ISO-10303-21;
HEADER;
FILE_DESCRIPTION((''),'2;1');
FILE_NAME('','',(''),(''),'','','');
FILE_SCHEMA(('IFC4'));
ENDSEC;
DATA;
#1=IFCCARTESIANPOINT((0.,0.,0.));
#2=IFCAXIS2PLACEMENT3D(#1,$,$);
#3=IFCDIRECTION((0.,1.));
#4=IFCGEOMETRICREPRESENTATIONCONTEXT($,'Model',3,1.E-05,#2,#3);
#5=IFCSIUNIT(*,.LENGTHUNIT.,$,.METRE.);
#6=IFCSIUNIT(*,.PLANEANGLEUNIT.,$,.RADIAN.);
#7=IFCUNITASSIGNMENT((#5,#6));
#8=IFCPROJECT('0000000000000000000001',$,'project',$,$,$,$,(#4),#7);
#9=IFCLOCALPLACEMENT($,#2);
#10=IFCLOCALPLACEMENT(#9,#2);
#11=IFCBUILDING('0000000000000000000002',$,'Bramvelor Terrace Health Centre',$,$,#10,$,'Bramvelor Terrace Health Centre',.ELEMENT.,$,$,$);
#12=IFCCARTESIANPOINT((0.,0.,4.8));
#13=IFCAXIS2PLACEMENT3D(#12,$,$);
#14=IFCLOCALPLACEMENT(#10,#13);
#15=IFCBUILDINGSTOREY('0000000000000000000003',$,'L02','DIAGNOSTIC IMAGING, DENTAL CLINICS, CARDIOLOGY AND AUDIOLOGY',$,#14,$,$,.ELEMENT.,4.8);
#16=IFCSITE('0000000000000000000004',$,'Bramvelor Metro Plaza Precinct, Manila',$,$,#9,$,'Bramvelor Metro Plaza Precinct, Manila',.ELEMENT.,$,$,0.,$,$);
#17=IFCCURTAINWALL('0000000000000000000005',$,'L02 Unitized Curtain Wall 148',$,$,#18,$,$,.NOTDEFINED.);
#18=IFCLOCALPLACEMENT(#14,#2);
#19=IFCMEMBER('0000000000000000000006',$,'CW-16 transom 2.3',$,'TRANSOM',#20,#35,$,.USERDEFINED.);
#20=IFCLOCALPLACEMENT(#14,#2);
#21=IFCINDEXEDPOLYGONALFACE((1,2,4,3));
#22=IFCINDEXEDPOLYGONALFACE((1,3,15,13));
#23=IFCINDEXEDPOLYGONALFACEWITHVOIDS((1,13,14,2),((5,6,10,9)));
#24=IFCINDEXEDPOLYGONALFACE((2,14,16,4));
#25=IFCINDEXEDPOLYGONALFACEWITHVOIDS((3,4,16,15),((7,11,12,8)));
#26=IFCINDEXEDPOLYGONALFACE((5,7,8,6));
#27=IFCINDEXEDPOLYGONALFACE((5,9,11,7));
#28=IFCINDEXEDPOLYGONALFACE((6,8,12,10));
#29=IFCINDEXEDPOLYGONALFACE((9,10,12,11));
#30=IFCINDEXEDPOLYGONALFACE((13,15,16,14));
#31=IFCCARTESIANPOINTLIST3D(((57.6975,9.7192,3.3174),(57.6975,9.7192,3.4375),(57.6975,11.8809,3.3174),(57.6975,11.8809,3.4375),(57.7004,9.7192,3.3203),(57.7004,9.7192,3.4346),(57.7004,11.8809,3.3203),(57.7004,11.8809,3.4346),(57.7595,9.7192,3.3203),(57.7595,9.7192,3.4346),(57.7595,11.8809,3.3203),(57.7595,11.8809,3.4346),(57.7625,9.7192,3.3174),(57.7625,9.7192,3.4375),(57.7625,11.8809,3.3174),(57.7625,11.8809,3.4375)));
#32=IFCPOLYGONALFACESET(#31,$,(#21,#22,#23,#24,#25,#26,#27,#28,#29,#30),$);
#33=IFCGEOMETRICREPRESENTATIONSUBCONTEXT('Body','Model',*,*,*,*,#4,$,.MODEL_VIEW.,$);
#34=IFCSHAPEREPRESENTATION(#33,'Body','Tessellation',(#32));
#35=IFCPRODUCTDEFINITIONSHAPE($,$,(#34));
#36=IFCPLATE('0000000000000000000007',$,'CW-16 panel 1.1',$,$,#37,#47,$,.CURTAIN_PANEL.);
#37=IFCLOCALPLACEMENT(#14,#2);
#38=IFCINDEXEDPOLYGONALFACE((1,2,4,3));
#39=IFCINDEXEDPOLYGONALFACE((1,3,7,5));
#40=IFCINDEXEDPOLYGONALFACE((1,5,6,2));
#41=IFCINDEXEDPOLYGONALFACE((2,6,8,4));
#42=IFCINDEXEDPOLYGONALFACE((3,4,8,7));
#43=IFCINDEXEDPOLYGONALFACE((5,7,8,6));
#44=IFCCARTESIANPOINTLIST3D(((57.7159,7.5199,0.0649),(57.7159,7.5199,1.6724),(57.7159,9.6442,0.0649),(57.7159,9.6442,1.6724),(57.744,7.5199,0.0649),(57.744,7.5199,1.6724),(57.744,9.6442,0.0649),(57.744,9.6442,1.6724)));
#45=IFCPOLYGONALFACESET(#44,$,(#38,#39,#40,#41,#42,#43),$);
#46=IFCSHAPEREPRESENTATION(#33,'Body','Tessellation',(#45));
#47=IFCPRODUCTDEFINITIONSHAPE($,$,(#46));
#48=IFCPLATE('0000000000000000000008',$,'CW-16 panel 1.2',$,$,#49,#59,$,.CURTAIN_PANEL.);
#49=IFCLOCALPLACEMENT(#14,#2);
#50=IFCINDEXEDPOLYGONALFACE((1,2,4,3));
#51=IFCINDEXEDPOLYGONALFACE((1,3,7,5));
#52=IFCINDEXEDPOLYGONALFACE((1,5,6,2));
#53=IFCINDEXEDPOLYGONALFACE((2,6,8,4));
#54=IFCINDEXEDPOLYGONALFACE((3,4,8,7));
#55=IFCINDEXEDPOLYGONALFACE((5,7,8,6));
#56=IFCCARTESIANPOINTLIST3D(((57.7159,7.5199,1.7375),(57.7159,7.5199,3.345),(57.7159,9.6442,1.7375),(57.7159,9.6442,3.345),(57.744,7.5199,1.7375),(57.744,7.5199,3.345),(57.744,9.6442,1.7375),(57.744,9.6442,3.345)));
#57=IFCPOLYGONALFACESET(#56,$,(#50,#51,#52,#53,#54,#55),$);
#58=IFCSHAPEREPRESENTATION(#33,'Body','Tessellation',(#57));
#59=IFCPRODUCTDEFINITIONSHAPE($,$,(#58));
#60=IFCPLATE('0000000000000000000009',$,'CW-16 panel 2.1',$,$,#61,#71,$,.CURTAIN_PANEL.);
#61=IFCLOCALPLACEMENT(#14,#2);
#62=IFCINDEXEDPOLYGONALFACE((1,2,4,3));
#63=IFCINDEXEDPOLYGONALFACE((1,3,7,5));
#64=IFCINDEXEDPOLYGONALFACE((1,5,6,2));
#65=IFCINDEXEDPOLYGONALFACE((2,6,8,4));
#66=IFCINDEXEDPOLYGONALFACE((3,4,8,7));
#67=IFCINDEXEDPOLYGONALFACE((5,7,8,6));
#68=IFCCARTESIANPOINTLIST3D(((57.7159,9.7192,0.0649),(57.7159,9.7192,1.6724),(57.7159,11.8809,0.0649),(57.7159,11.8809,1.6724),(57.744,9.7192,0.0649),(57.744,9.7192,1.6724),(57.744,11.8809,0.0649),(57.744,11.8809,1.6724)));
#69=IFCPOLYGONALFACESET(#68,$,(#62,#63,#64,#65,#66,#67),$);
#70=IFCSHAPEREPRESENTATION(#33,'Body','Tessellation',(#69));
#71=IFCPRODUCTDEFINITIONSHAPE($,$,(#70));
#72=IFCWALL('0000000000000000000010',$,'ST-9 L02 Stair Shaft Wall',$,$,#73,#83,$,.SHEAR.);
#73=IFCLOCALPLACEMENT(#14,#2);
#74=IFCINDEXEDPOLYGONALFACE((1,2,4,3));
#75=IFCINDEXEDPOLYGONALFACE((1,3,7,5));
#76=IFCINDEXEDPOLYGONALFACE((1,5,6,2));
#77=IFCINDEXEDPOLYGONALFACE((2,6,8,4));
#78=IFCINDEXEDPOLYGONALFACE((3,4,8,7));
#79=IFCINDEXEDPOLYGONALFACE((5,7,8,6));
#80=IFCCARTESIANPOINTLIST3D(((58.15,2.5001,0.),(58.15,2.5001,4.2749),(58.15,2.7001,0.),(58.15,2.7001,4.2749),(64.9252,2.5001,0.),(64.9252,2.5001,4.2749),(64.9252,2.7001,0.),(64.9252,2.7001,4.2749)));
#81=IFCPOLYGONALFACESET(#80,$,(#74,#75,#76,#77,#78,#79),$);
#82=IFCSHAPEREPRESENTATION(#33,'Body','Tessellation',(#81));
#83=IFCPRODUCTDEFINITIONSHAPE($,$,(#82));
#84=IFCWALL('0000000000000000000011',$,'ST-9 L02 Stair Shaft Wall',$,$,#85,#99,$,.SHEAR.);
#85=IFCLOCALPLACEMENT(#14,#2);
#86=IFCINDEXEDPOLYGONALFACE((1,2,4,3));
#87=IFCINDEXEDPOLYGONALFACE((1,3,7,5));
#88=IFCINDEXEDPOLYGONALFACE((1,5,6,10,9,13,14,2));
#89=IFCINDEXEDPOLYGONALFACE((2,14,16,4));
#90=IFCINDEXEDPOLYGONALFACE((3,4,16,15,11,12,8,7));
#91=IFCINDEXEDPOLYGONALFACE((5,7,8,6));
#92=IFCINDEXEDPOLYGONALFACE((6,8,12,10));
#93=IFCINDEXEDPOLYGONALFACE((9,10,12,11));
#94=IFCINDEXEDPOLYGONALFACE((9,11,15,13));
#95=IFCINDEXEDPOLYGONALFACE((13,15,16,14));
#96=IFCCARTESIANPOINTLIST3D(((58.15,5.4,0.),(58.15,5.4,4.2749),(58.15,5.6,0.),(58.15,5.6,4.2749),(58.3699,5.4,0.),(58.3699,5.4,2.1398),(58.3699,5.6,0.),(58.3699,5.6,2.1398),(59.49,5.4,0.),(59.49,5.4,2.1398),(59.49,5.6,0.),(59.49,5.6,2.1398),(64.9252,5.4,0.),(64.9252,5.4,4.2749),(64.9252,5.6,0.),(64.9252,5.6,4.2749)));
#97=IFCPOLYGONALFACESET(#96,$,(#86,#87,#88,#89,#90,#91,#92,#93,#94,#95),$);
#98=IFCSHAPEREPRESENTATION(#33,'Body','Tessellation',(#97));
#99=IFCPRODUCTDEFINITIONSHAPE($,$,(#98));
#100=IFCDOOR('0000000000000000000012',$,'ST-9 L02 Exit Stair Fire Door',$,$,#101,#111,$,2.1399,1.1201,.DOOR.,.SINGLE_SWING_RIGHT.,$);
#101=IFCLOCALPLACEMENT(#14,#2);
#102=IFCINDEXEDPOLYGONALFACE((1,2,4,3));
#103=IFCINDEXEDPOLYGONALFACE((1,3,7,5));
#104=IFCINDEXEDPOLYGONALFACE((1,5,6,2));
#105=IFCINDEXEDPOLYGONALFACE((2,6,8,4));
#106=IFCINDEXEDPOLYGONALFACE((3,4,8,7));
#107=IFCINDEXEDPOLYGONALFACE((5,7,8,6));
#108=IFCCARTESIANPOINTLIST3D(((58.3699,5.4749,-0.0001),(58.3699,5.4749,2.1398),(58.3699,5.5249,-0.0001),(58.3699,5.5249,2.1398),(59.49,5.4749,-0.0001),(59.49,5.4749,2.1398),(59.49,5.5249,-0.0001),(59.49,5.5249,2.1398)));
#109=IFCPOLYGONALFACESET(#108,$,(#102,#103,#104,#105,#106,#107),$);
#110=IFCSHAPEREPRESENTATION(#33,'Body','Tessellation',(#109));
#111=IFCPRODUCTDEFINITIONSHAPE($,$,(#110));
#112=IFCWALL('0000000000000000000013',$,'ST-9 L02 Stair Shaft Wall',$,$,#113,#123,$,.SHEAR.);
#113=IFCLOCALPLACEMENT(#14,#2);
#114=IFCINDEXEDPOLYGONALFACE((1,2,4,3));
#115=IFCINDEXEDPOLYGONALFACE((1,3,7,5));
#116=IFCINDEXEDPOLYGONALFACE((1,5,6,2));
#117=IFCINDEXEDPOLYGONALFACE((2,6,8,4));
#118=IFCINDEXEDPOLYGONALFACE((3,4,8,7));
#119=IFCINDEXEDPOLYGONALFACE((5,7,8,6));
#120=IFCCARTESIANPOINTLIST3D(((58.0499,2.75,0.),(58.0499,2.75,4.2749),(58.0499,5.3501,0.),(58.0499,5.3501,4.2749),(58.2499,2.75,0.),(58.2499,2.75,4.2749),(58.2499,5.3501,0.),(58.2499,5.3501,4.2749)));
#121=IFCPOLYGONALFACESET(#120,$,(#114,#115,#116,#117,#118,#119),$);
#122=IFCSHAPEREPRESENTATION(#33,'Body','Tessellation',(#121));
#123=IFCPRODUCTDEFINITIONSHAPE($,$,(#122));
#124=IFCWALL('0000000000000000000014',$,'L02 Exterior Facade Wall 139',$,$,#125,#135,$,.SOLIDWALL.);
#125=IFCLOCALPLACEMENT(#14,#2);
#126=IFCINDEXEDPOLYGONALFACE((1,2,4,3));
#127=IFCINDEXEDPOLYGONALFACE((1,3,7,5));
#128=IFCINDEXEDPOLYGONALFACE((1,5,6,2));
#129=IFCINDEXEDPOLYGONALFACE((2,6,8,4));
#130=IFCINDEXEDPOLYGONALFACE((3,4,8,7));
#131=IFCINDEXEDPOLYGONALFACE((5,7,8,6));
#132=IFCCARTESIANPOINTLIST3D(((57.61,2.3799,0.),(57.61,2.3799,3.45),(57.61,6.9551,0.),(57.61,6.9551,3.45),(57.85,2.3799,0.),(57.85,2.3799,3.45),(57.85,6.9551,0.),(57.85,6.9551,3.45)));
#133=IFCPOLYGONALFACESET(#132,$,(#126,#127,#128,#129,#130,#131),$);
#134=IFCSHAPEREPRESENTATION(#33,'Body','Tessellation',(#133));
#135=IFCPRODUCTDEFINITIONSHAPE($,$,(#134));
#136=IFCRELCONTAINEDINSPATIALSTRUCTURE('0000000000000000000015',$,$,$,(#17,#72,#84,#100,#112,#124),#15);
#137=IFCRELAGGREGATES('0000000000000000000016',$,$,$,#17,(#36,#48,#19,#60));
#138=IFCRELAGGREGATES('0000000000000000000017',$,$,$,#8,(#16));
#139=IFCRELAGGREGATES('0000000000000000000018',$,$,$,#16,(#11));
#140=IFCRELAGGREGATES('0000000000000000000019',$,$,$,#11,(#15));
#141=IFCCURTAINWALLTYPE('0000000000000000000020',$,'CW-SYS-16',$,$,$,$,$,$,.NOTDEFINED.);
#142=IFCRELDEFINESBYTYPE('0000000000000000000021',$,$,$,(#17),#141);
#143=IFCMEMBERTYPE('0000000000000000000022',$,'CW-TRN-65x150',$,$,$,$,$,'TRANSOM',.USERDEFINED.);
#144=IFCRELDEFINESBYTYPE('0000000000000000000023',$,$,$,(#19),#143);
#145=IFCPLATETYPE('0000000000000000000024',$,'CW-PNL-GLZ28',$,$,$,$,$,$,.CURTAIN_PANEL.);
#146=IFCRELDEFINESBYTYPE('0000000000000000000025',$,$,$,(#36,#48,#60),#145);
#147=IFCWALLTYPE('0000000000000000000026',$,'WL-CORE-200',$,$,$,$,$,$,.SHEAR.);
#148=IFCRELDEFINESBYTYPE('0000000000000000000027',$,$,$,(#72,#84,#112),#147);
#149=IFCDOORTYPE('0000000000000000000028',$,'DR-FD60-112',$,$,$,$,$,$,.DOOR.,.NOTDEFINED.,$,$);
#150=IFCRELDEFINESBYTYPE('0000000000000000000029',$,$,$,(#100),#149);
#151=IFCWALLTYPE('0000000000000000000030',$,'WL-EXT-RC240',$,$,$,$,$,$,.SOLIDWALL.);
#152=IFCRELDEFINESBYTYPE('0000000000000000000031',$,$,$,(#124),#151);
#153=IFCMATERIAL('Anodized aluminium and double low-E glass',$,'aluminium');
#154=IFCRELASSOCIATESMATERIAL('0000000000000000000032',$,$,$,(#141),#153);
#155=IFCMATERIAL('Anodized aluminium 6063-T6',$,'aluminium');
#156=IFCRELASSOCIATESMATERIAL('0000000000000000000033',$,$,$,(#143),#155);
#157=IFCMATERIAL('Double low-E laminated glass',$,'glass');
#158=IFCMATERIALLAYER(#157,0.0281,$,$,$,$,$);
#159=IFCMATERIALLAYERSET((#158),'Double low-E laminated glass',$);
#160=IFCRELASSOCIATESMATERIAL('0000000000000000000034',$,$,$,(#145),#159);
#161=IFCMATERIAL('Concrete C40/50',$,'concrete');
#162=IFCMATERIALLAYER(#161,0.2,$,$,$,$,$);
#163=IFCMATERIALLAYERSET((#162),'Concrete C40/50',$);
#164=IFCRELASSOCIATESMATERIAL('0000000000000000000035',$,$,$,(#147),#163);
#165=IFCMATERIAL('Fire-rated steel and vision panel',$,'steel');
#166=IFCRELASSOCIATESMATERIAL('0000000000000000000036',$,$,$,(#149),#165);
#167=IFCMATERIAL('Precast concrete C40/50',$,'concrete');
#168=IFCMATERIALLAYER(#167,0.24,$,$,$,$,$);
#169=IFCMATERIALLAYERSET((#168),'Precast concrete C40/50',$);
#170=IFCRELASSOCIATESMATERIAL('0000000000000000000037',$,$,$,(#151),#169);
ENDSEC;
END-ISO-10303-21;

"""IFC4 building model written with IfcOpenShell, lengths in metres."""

from ifc_helpers import new_model, si_unit, direction, frame, frame_2d, origin, origin_2d, place, context, subcontext, project, spatial, rectangle, hollow_rectangle, extrude, material, layer, layer_set, material_profile, profile_set, type_object, element, fill, aggregate, save


model = new_model("IFC4")

# Units and contexts
model_context = context("Model", 3, precision=1e-05, world=origin(), true_north=direction((0.0, 1.0)))
body_context = subcontext(model_context, "Body", "Model", "MODEL_VIEW")
ifc_project = project(units=[si_unit("LENGTHUNIT", "METRE"), si_unit("PLANEANGLEUNIT", "RADIAN")], contexts=[model_context])

# Site, building, storey
site_placement = place(None, origin())
site = spatial("IfcSite", under=ifc_project, at=site_placement, Name="Bramvelor Metro Plaza Precinct, Manila", LongName="Bramvelor Metro Plaza Precinct, Manila", CompositionType="ELEMENT", RefElevation=0.0)
building_placement = place(site_placement, origin())
building = spatial("IfcBuilding", under=site, at=building_placement, Name="Bramvelor Terrace Health Centre", LongName="Bramvelor Terrace Health Centre", CompositionType="ELEMENT")
storey_placement = place(building_placement, frame((0.0, 0.0, 4.8)))
storey = spatial("IfcBuildingStorey", under=building, at=storey_placement, Name="L02", Description="DIAGNOSTIC IMAGING, DENTAL CLINICS, CARDIOLOGY AND AUDIOLOGY", CompositionType="ELEMENT", Elevation=4.8)

# Curtain wall, member, plates
ifc_material_1 = material(Name="Anodized aluminium and double low-E glass", Category="aluminium")
curtain_wall_type = type_object("IfcCurtainWallType", Name="CW-SYS-16", PredefinedType="NOTDEFINED", material=ifc_material_1)
curtain_wall_placement = place(storey_placement, origin())
curtain_wall = element("IfcCurtainWall", 1, at=curtain_wall_placement, inside=storey, type_object=curtain_wall_type, Name="L02 Unitized Curtain Wall 148", PredefinedType="NOTDEFINED")
ifc_material_2 = material(Name="Anodized aluminium 6063-T6", Category="aluminium")
ifc_material_profile_1 = material_profile(ifc_material_2, hollow_rectangle(XDim=0.0649, YDim=0.1201, WallThickness=0.0029, at=origin_2d()), Name="ALU-TRN 65x120x3.0")
ifc_profile_set_1 = profile_set([ifc_material_profile_1], Name="Anodized aluminium 6063-T6")
member_type_1 = type_object("IfcMemberType", Name="CW-TRN-65x150", ElementType="TRANSOM", PredefinedType="USERDEFINED", material=ifc_profile_set_1)
member_1_placement = place(storey_placement, frame((57.73, 9.7192, 3.3774), z_axis=(0.0, 1.0, 0.0), x_axis=(-1.0, 0.0, 0.0)))
member_1 = element("IfcMember", 2, at=member_1_placement, type_object=member_type_1, Name="CW-16 transom 2.3", ObjectType="TRANSOM", PredefinedType="USERDEFINED", context=body_context, shape_type="SweptSolid", body=[
    extrude(hollow_rectangle(XDim=0.0649, YDim=0.1201, WallThickness=0.0029, at=origin_2d()), origin(), (0.0, 0.0, 1.0), 2.1616),
])
ifc_material_3 = material(Name="Double low-E laminated glass", Category="glass")
ifc_layer_1 = layer(ifc_material_3, 0.0281)
ifc_layer_set_1 = layer_set([ifc_layer_1], Name="Double low-E laminated glass")
plate_type = type_object("IfcPlateType", Name="CW-PNL-GLZ28", PredefinedType="CURTAIN_PANEL", material=ifc_layer_set_1)
plate_1_placement = place(storey_placement, frame((57.73, 8.582, 0.0649), z_axis=(0.0, 0.0, 1.0), x_axis=(0.0, 1.0, 0.0)))
plate_1 = element("IfcPlate", 3, at=plate_1_placement, type_object=plate_type, Name="CW-16 panel 1.1", PredefinedType="CURTAIN_PANEL", context=body_context, shape_type="SweptSolid", body=[
    extrude(rectangle(XDim=2.1243, YDim=0.0281, at=origin_2d()), origin(), (0.0, 0.0, 1.0), 1.6074),
])
plate_2_placement = place(storey_placement, frame((57.73, 8.582, 1.7375), z_axis=(0.0, 0.0, 1.0), x_axis=(0.0, 1.0, 0.0)))
plate_2 = element("IfcPlate", 4, at=plate_2_placement, type_object=plate_type, Name="CW-16 panel 1.2", PredefinedType="CURTAIN_PANEL", context=body_context, shape_type="SweptSolid", body=[
    extrude(rectangle(XDim=2.1243, YDim=0.0281, at=origin_2d()), origin(), (0.0, 0.0, 1.0), 1.6074),
])
plate_3_placement = place(storey_placement, frame((57.73, 10.8, 0.0649), z_axis=(0.0, 0.0, 1.0), x_axis=(0.0, 1.0, 0.0)))
plate_3 = element("IfcPlate", 5, at=plate_3_placement, type_object=plate_type, Name="CW-16 panel 2.1", PredefinedType="CURTAIN_PANEL", context=body_context, shape_type="SweptSolid", body=[
    extrude(rectangle(XDim=2.1616, YDim=0.0281, at=origin_2d()), origin(), (0.0, 0.0, 1.0), 1.6074),
])
aggregate(curtain_wall, [plate_1, plate_2, member_1, plate_3])

# Wall
ifc_material_4 = material(Name="Concrete C40/50", Category="concrete")
ifc_layer_2 = layer(ifc_material_4, 0.2)
ifc_layer_set_2 = layer_set([ifc_layer_2], Name="Concrete C40/50")
wall_type_1 = type_object("IfcWallType", Name="WL-CORE-200", PredefinedType="SHEAR", material=ifc_layer_set_2)
wall_1_placement = place(storey_placement, frame((58.1499, 2.6001, 0.0), z_axis=(0.0, 0.0, 1.0), x_axis=(1.0, 0.0, 0.0)))
element("IfcWall", 6, at=wall_1_placement, inside=storey, type_object=wall_type_1, Name="ST-9 L02 Stair Shaft Wall", PredefinedType="SHEAR", context=body_context, shape_type="SweptSolid", body=[
    extrude(rectangle(XDim=6.7751, YDim=0.2, at=frame_2d((3.3877, 0.0))), origin(), (0.0, 0.0, 1.0), 4.2749),
])

# Wall, opening, door
wall_2_placement = place(storey_placement, frame((58.1499, 5.5, 0.0), z_axis=(0.0, 0.0, 1.0), x_axis=(1.0, 0.0, 0.0)))
wall_2 = element("IfcWall", 7, at=wall_2_placement, inside=storey, type_object=wall_type_1, Name="ST-9 L02 Stair Shaft Wall", PredefinedType="SHEAR", context=body_context, shape_type="SweptSolid", body=[
    extrude(rectangle(XDim=6.7751, YDim=0.2, at=frame_2d((3.3877, 0.0))), origin(), (0.0, 0.0, 1.0), 4.2749),
])
opening_placement = place(wall_2_placement, frame((0.22, 0.0, 0.0)))
opening = element("IfcOpeningElement", 8, at=opening_placement, cuts=wall_2, PredefinedType="OPENING", context=body_context, shape_type="SweptSolid", body=[
    extrude(rectangle(XDim=1.1201, YDim=2.1399, at=frame_2d((0.5601, 1.0698))), frame((0.0, 0.1099, 0.0), z_axis=(0.0, -1.0, 0.0), x_axis=(1.0, 0.0, 0.0)), (0.0, 0.0, 1.0), 0.22),
])
ifc_material_5 = material(Name="Fire-rated steel and vision panel", Category="steel")
door_type = type_object("IfcDoorType", Name="DR-FD60-112", OperationType="NOTDEFINED", PredefinedType="DOOR", material=ifc_material_5)
door_placement = place(opening_placement, origin())
door = element("IfcDoor", 9, at=door_placement, inside=storey, type_object=door_type, Name="ST-9 L02 Exit Stair Fire Door", OperationType="SINGLE_SWING_RIGHT", OverallHeight=2.1399, OverallWidth=1.1201, PredefinedType="DOOR", context=body_context, shape_type="SweptSolid", body=[
    extrude(rectangle(XDim=1.1201, YDim=2.1399, at=frame_2d((0.5601, 1.0698))), frame((0.0, 0.0249, 0.0), z_axis=(0.0, -1.0, 0.0), x_axis=(1.0, 0.0, 0.0)), (0.0, 0.0, 1.0), 0.05),
])
fill(opening, door)

# Walls
wall_3_placement = place(storey_placement, frame((58.1499, 2.75, 0.0), z_axis=(0.0, 0.0, 1.0), x_axis=(0.0, 1.0, 0.0)))
element("IfcWall", 10, at=wall_3_placement, inside=storey, type_object=wall_type_1, Name="ST-9 L02 Stair Shaft Wall", PredefinedType="SHEAR", context=body_context, shape_type="SweptSolid", body=[
    extrude(rectangle(XDim=2.6001, YDim=0.2, at=frame_2d((1.3, 0.0))), origin(), (0.0, 0.0, 1.0), 4.2749),
])
ifc_material_6 = material(Name="Precast concrete C40/50", Category="concrete")
ifc_layer_3 = layer(ifc_material_6, 0.24)
ifc_layer_set_3 = layer_set([ifc_layer_3], Name="Precast concrete C40/50")
wall_type_2 = type_object("IfcWallType", Name="WL-EXT-RC240", PredefinedType="SOLIDWALL", material=ifc_layer_set_3)
wall_4_placement = place(storey_placement, frame((57.73, 2.3799, 0.0), z_axis=(0.0, 0.0, 1.0), x_axis=(0.0, 1.0, 0.0)))
element("IfcWall", 11, at=wall_4_placement, inside=storey, type_object=wall_type_2, Name="L02 Exterior Facade Wall 139", PredefinedType="SOLIDWALL", context=body_context, shape_type="SweptSolid", body=[
    extrude(rectangle(XDim=4.5752, YDim=0.24, at=frame_2d((2.2876, 0.0))), origin(), (0.0, 0.0, 1.0), 3.45),
])

save(model, "model.ifc")
